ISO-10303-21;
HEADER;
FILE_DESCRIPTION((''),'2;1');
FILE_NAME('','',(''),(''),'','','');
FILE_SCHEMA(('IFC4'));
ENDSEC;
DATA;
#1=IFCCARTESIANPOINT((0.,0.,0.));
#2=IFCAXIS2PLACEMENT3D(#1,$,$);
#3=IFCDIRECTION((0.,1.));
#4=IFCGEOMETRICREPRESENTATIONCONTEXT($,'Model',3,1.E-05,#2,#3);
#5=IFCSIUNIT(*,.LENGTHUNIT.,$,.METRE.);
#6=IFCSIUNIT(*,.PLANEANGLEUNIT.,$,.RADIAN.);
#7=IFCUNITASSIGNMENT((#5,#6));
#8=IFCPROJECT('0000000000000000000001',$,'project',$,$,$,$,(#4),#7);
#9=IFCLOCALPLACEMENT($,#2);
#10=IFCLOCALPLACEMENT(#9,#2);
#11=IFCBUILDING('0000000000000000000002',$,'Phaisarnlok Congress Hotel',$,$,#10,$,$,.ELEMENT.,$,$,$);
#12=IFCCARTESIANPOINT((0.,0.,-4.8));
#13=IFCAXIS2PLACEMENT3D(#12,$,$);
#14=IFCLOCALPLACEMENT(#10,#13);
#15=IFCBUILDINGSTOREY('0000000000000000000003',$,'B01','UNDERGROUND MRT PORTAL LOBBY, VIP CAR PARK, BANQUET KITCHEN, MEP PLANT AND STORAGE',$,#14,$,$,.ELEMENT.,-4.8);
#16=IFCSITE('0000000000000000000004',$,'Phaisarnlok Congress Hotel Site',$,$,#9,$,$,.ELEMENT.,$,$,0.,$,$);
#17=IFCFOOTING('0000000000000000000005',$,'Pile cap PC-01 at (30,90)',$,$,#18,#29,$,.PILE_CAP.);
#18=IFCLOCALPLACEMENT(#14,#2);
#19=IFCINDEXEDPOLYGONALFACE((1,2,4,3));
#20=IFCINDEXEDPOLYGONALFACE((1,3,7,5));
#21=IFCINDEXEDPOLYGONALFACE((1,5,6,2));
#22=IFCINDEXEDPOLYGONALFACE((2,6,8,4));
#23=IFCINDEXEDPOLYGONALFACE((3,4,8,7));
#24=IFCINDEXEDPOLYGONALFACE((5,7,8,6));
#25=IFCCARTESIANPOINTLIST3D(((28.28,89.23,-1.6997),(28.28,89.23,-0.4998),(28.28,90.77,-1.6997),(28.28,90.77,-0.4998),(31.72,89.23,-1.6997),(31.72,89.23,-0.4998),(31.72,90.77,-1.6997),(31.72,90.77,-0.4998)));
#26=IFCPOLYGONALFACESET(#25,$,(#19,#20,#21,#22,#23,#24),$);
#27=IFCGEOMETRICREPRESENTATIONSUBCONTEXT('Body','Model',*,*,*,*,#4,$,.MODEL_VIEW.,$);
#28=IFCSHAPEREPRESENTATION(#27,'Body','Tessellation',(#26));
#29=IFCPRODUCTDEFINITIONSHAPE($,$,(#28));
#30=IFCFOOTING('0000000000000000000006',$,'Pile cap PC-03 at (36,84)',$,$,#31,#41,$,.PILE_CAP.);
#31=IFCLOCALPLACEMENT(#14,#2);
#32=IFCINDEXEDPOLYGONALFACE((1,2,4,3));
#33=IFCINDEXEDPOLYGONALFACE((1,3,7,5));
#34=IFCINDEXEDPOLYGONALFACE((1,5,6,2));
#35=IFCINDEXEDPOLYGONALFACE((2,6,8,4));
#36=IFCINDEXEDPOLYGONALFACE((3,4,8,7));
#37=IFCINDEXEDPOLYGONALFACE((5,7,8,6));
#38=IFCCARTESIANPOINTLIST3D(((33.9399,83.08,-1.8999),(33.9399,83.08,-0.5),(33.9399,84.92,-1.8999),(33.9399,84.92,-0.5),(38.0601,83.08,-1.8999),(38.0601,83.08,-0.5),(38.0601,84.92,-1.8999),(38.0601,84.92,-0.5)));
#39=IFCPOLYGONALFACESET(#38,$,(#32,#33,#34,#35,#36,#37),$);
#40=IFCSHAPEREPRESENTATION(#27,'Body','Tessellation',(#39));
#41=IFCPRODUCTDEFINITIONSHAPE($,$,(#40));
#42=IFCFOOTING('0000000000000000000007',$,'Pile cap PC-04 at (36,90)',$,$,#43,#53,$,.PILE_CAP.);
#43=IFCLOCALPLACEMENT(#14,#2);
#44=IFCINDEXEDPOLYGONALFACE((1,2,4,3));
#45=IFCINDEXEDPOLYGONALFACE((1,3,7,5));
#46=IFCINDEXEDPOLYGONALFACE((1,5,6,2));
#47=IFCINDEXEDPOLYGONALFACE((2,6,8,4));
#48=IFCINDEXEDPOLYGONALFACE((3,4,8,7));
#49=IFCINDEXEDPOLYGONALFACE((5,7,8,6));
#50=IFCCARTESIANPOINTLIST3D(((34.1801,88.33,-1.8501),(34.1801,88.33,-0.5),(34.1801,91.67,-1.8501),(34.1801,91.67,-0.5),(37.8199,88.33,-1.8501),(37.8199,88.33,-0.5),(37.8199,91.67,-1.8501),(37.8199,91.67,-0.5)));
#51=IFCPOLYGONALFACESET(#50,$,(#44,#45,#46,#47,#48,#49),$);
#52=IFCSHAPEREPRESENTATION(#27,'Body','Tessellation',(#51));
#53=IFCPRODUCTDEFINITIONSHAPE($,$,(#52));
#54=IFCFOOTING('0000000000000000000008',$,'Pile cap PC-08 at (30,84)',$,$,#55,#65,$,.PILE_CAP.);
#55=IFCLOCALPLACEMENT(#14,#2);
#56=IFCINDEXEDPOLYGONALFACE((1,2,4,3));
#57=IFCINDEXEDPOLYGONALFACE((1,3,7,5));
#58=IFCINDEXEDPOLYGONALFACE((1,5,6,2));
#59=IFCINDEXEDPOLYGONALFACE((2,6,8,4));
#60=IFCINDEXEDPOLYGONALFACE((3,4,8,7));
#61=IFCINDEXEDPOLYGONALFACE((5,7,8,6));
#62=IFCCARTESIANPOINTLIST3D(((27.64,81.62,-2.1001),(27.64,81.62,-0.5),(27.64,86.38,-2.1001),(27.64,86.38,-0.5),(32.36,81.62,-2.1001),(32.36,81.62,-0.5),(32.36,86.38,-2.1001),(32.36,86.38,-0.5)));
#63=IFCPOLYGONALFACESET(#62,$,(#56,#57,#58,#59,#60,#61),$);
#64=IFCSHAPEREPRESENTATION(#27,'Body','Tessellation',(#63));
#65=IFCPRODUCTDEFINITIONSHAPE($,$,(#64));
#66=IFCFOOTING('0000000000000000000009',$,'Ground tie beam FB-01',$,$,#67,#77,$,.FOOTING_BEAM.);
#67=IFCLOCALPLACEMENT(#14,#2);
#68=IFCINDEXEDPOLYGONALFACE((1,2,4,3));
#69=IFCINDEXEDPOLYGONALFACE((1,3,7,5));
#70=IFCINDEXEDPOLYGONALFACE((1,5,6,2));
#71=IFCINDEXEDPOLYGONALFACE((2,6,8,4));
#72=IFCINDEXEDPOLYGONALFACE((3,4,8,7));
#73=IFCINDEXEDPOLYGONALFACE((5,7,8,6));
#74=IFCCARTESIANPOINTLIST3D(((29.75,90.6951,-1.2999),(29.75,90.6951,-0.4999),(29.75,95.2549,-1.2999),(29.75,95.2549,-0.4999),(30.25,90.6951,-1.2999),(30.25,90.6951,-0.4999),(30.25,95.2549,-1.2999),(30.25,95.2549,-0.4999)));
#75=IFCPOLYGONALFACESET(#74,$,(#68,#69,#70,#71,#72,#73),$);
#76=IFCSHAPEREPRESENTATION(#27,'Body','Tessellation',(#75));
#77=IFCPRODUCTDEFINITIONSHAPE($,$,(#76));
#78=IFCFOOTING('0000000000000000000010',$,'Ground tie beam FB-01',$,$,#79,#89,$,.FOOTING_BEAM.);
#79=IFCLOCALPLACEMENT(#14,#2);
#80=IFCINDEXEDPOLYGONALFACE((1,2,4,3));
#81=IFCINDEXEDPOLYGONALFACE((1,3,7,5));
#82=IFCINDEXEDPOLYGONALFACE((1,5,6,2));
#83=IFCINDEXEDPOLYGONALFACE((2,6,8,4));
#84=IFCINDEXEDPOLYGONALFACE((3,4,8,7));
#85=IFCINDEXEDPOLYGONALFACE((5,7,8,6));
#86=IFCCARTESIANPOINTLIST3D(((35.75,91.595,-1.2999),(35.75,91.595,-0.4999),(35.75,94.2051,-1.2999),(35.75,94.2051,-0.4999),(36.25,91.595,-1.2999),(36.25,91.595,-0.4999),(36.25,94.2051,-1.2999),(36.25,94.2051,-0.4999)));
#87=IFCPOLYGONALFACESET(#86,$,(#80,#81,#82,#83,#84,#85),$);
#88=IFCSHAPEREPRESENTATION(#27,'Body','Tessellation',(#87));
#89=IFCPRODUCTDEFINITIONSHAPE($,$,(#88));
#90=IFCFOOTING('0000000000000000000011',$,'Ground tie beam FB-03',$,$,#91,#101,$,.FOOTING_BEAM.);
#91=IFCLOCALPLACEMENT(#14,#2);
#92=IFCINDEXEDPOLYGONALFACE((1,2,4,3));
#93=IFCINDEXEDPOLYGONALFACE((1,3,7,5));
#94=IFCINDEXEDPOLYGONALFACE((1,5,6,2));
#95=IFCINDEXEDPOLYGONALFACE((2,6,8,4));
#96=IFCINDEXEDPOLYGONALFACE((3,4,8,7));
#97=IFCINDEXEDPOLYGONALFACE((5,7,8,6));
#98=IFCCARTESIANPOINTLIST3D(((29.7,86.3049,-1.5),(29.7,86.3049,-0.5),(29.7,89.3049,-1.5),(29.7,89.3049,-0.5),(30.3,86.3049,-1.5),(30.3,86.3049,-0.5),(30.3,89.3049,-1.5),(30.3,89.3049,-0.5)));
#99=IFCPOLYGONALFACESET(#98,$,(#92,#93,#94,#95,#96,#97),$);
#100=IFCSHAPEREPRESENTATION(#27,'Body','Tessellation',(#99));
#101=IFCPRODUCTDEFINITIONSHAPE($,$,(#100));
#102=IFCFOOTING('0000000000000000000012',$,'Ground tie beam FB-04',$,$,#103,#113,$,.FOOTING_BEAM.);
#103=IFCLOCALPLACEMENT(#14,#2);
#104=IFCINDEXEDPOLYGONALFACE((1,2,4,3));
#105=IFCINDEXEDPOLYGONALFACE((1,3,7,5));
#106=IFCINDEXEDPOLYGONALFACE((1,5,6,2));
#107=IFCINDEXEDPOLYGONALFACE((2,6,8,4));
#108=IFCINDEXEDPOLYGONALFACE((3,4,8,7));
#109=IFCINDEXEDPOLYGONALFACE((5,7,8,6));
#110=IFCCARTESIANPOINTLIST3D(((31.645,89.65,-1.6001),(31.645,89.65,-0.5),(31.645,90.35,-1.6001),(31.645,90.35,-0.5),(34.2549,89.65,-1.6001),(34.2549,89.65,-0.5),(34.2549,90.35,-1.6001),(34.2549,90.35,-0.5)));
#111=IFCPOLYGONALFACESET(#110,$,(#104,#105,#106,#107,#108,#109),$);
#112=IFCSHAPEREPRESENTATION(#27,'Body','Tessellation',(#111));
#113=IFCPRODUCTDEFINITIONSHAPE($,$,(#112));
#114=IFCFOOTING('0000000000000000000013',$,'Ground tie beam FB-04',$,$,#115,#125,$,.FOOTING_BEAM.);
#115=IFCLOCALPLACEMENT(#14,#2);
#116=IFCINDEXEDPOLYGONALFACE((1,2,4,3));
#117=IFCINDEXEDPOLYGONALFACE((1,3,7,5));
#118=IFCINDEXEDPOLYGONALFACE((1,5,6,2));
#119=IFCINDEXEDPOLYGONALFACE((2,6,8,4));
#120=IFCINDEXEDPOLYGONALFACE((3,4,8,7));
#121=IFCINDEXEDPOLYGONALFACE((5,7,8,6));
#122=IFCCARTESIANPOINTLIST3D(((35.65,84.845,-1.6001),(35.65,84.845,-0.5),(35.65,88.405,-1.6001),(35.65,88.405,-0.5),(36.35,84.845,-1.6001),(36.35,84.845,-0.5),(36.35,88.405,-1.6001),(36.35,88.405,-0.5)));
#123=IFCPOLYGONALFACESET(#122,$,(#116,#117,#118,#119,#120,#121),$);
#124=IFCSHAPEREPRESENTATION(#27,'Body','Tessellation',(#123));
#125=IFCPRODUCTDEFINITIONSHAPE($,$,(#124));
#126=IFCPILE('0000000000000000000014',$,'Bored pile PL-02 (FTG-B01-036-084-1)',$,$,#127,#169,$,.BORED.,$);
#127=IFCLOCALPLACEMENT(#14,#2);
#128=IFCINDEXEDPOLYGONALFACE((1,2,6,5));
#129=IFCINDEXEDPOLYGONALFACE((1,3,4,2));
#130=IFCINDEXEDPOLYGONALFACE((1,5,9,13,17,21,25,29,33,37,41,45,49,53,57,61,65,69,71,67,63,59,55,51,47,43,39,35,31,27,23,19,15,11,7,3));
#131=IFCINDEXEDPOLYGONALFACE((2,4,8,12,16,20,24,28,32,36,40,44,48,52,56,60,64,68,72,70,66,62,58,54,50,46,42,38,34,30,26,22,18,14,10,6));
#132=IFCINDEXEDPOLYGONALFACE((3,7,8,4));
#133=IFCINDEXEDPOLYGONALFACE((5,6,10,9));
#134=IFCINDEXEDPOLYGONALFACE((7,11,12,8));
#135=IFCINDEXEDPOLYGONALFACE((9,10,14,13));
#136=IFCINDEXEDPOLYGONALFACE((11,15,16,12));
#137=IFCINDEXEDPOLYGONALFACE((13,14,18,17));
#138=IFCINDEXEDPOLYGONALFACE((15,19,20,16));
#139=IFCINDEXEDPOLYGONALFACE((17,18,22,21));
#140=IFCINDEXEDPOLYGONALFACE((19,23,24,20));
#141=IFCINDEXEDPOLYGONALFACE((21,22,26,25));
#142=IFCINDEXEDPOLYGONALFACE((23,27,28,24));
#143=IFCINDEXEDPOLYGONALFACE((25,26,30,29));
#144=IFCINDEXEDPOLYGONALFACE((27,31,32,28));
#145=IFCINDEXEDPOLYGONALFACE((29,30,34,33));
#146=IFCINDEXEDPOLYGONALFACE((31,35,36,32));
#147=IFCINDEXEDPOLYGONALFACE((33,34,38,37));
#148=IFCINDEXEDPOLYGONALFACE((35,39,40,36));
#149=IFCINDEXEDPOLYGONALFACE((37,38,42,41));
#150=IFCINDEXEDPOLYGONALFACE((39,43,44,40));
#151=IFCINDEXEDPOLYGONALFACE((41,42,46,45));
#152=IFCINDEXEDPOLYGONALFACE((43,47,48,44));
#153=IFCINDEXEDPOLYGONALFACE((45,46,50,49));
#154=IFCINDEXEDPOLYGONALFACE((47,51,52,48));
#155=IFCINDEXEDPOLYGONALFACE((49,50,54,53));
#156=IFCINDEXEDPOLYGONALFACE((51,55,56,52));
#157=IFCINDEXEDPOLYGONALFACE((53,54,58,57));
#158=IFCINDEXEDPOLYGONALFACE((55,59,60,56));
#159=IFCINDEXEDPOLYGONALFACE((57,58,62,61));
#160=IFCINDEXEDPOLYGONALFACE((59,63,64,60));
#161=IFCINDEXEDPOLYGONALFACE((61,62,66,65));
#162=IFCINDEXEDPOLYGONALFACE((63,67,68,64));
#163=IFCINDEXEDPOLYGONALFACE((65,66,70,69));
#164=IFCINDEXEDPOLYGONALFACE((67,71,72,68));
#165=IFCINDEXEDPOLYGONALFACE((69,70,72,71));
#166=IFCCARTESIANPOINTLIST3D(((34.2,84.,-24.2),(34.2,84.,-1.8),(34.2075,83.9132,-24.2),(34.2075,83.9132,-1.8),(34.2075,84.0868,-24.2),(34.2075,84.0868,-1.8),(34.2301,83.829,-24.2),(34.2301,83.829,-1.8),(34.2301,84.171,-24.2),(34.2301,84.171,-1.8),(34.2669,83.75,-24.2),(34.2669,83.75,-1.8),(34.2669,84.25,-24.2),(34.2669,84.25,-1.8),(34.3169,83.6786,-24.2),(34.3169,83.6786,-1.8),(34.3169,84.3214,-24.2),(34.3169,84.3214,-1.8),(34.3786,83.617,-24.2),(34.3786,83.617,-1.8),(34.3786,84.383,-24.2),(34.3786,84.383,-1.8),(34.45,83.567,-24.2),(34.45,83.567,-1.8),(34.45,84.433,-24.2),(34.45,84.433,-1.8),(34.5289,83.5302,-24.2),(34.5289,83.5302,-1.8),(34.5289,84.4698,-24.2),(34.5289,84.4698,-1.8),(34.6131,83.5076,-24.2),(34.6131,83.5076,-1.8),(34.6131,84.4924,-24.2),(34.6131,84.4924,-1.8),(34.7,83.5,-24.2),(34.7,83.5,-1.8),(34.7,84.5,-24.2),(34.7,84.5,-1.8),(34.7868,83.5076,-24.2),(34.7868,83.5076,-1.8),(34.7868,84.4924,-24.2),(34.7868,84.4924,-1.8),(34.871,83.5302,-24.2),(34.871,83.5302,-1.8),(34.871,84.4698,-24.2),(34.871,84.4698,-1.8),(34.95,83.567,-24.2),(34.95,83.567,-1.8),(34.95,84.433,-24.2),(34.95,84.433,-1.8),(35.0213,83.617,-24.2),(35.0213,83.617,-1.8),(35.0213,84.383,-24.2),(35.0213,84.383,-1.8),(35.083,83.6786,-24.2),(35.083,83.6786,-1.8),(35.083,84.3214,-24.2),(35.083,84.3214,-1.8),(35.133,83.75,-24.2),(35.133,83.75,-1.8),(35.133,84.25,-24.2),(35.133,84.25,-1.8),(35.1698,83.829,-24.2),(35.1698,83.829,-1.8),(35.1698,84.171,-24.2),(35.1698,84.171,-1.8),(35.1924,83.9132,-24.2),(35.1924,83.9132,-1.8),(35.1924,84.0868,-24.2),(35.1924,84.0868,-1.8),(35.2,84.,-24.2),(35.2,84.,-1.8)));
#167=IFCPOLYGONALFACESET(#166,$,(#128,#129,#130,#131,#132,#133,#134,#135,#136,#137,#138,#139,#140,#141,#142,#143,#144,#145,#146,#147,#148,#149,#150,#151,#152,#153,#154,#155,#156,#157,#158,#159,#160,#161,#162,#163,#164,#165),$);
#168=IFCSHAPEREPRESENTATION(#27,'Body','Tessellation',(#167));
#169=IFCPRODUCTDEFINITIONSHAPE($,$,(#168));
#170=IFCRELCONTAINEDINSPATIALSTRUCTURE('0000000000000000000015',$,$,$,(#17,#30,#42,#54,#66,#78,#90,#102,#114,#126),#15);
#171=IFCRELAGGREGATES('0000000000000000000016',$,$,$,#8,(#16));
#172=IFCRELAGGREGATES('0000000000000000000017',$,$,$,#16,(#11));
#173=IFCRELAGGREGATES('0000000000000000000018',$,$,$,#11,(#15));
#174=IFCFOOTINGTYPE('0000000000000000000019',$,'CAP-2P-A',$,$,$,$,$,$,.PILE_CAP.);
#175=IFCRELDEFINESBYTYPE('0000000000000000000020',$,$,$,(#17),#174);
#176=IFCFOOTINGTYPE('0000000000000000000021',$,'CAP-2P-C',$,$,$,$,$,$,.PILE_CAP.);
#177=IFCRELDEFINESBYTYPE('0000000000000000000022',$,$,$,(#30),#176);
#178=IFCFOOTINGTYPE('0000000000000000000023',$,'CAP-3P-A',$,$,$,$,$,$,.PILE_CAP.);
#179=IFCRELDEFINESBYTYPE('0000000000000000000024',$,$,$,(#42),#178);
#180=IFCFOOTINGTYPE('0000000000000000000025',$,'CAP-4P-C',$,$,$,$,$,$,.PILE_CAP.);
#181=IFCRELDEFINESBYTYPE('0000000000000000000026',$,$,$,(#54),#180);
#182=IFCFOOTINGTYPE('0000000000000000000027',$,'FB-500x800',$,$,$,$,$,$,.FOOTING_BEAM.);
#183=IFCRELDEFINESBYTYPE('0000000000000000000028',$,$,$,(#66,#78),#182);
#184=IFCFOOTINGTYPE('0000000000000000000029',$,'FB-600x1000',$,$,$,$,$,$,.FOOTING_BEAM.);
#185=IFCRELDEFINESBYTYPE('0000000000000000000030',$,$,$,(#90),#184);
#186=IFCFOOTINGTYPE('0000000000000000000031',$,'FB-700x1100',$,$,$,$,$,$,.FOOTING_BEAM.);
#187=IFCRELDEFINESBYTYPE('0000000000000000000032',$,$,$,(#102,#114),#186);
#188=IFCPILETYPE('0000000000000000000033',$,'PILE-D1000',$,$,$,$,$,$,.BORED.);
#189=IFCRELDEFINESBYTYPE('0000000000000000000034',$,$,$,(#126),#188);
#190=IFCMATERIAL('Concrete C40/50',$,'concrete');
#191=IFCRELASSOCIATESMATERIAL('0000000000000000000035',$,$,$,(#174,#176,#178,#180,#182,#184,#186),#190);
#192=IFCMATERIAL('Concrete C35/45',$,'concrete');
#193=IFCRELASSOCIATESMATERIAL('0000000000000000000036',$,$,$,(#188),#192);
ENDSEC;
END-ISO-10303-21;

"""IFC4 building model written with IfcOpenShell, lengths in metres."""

from ifc_helpers import new_model, si_unit, direction, frame, origin, origin_2d, place, context, subcontext, project, spatial, rectangle, circle, extrude, material, material_profile, profile_set, type_object, element, save


model = new_model("IFC4")

# Units and contexts
model_context = context("Model", 3, precision=1e-05, world=origin(), true_north=direction((0.0, 1.0)))
body_context = subcontext(model_context, "Body", "Model", "MODEL_VIEW")
ifc_project = project(units=[si_unit("LENGTHUNIT", "METRE"), si_unit("PLANEANGLEUNIT", "RADIAN")], contexts=[model_context])

# Site, building, storey
site_placement = place(None, origin())
site = spatial("IfcSite", under=ifc_project, at=site_placement, Name="Phaisarnlok Congress Hotel Site", CompositionType="ELEMENT", RefElevation=0.0)
building_placement = place(site_placement, origin())
building = spatial("IfcBuilding", under=site, at=building_placement, Name="Phaisarnlok Congress Hotel", CompositionType="ELEMENT")
storey_placement = place(building_placement, frame((0.0, 0.0, -4.8)))
storey = spatial("IfcBuildingStorey", under=building, at=storey_placement, Name="B01", Description="UNDERGROUND MRT PORTAL LOBBY, VIP CAR PARK, BANQUET KITCHEN, MEP PLANT AND STORAGE", CompositionType="ELEMENT", Elevation=-4.8)

# Footings
ifc_material_1 = material(Name="Concrete C40/50", Category="concrete")
footing_type_1 = type_object("IfcFootingType", Name="CAP-2P-A", PredefinedType="PILE_CAP", material=ifc_material_1)
footing_1_placement = place(storey_placement, frame((30.0, 90.0, -1.6997), z_axis=(0.0, 0.0, 1.0), x_axis=(1.0, 0.0, 0.0)))
element("IfcFooting", 1, at=footing_1_placement, inside=storey, type_object=footing_type_1, Name="Pile cap PC-01 at (30,90)", PredefinedType="PILE_CAP", context=body_context, shape_type="SweptSolid", body=[
    extrude(rectangle(XDim=3.4399, YDim=1.54, at=origin_2d()), origin(), (0.0, 0.0, 1.0), 1.2),
])
footing_type_2 = type_object("IfcFootingType", Name="CAP-2P-C", PredefinedType="PILE_CAP", material=ifc_material_1)
footing_2_placement = place(storey_placement, frame((36.0, 84.0, -1.8999), z_axis=(0.0, 0.0, 1.0), x_axis=(1.0, 0.0, 0.0)))
element("IfcFooting", 2, at=footing_2_placement, inside=storey, type_object=footing_type_2, Name="Pile cap PC-03 at (36,84)", PredefinedType="PILE_CAP", context=body_context, shape_type="SweptSolid", body=[
    extrude(rectangle(XDim=4.1201, YDim=1.8401, at=origin_2d()), origin(), (0.0, 0.0, 1.0), 1.3999),
])
footing_type_3 = type_object("IfcFootingType", Name="CAP-3P-A", PredefinedType="PILE_CAP", material=ifc_material_1)
footing_3_placement = place(storey_placement, frame((36.0, 90.0, -1.8501), z_axis=(0.0, 0.0, 1.0), x_axis=(1.0, 0.0, 0.0)))
element("IfcFooting", 3, at=footing_3_placement, inside=storey, type_object=footing_type_3, Name="Pile cap PC-04 at (36,90)", PredefinedType="PILE_CAP", context=body_context, shape_type="SweptSolid", body=[
    extrude(rectangle(XDim=3.6399, YDim=3.3401, at=origin_2d()), origin(), (0.0, 0.0, 1.0), 1.3501),
])
footing_type_4 = type_object("IfcFootingType", Name="CAP-4P-C", PredefinedType="PILE_CAP", material=ifc_material_1)
footing_4_placement = place(storey_placement, frame((30.0, 84.0, -2.1001), z_axis=(0.0, 0.0, 1.0), x_axis=(1.0, 0.0, 0.0)))
element("IfcFooting", 4, at=footing_4_placement, inside=storey, type_object=footing_type_4, Name="Pile cap PC-08 at (30,84)", PredefinedType="PILE_CAP", context=body_context, shape_type="SweptSolid", body=[
    extrude(rectangle(XDim=4.72, YDim=4.76, at=origin_2d()), origin(), (0.0, 0.0, 1.0), 1.6001),
])
ifc_material_profile_1 = material_profile(ifc_material_1, rectangle(XDim=0.5, YDim=0.8, at=origin_2d()), Name="FB-500x800")
ifc_profile_set_1 = profile_set([ifc_material_profile_1], Name="Concrete C40/50")
footing_type_5 = type_object("IfcFootingType", Name="FB-500x800", PredefinedType="FOOTING_BEAM", material=ifc_profile_set_1)
footing_5_placement = place(storey_placement, frame((30.0, 90.6951, -0.8999), z_axis=(0.0, 1.0, 0.0), x_axis=(-1.0, 0.0, 0.0)))
element("IfcFooting", 5, at=footing_5_placement, inside=storey, type_object=footing_type_5, Name="Ground tie beam FB-01", PredefinedType="FOOTING_BEAM", context=body_context, shape_type="SweptSolid", body=[
    extrude(rectangle(XDim=0.5, YDim=0.8, at=origin_2d()), origin(), (0.0, 0.0, 1.0), 4.5598),
])
footing_6_placement = place(storey_placement, frame((36.0, 91.595, -0.8999), z_axis=(0.0, 1.0, 0.0), x_axis=(-1.0, 0.0, 0.0)))
element("IfcFooting", 6, at=footing_6_placement, inside=storey, type_object=footing_type_5, Name="Ground tie beam FB-01", PredefinedType="FOOTING_BEAM", context=body_context, shape_type="SweptSolid", body=[
    extrude(rectangle(XDim=0.5, YDim=0.8, at=origin_2d()), origin(), (0.0, 0.0, 1.0), 2.6101),
])
ifc_material_profile_2 = material_profile(ifc_material_1, rectangle(XDim=0.6001, YDim=1.0, at=origin_2d()), Name="FB-600x1000")
ifc_profile_set_2 = profile_set([ifc_material_profile_2], Name="Concrete C40/50")
footing_type_6 = type_object("IfcFootingType", Name="FB-600x1000", PredefinedType="FOOTING_BEAM", material=ifc_profile_set_2)
footing_7_placement = place(storey_placement, frame((30.0, 86.3049, -1.0), z_axis=(0.0, 1.0, 0.0), x_axis=(-1.0, 0.0, 0.0)))
element("IfcFooting", 7, at=footing_7_placement, inside=storey, type_object=footing_type_6, Name="Ground tie beam FB-03", PredefinedType="FOOTING_BEAM", context=body_context, shape_type="SweptSolid", body=[
    extrude(rectangle(XDim=0.6001, YDim=1.0, at=origin_2d()), origin(), (0.0, 0.0, 1.0), 3.0),
])
ifc_material_profile_3 = material_profile(ifc_material_1, rectangle(XDim=0.7, YDim=1.1001, at=origin_2d()), Name="FB-700x1100")
ifc_profile_set_3 = profile_set([ifc_material_profile_3], Name="Concrete C40/50")
footing_type_7 = type_object("IfcFootingType", Name="FB-700x1100", PredefinedType="FOOTING_BEAM", material=ifc_profile_set_3)
footing_8_placement = place(storey_placement, frame((31.645, 90.0, -1.05), z_axis=(1.0, 0.0, 0.0), x_axis=(0.0, 1.0, 0.0)))
element("IfcFooting", 8, at=footing_8_placement, inside=storey, type_object=footing_type_7, Name="Ground tie beam FB-04", PredefinedType="FOOTING_BEAM", context=body_context, shape_type="SweptSolid", body=[
    extrude(rectangle(XDim=0.7, YDim=1.1001, at=origin_2d()), origin(), (0.0, 0.0, 1.0), 2.6099),
])
footing_9_placement = place(storey_placement, frame((36.0, 84.845, -1.05), z_axis=(0.0, 1.0, 0.0), x_axis=(-1.0, 0.0, 0.0)))
element("IfcFooting", 9, at=footing_9_placement, inside=storey, type_object=footing_type_7, Name="Ground tie beam FB-04", PredefinedType="FOOTING_BEAM", context=body_context, shape_type="SweptSolid", body=[
    extrude(rectangle(XDim=0.7, YDim=1.1001, at=origin_2d()), origin(), (0.0, 0.0, 1.0), 3.5601),
])

# Pile
ifc_material_2 = material(Name="Concrete C35/45", Category="concrete")
ifc_material_profile_4 = material_profile(ifc_material_2, circle(Radius=0.5, at=origin_2d()), Name="BORED PILE D1000")
ifc_profile_set_4 = profile_set([ifc_material_profile_4], Name="Concrete C35/45")
pile_type_1 = type_object("IfcPileType", Name="PILE-D1000", PredefinedType="BORED", material=ifc_profile_set_4)
for number, where, z_axis, x_axis, name in (
    (10, (34.7, 84.0, -1.8), (0.0, 0.0, -1.0), (1.0, 0.0, 0.0), "Bored pile PL-02 (FTG-B01-036-084-1)"),
):
    element("IfcPile", number, at=place(storey_placement, frame(where, z_axis=z_axis, x_axis=x_axis)), inside=storey, type_object=pile_type_1, Name=name, PredefinedType="BORED", context=body_context, shape_type="SweptSolid", body=[
        extrude(circle(Radius=0.5, at=origin_2d()), origin(), (0.0, 0.0, 1.0), 22.3999),
    ])

save(model, "model.ifc")
